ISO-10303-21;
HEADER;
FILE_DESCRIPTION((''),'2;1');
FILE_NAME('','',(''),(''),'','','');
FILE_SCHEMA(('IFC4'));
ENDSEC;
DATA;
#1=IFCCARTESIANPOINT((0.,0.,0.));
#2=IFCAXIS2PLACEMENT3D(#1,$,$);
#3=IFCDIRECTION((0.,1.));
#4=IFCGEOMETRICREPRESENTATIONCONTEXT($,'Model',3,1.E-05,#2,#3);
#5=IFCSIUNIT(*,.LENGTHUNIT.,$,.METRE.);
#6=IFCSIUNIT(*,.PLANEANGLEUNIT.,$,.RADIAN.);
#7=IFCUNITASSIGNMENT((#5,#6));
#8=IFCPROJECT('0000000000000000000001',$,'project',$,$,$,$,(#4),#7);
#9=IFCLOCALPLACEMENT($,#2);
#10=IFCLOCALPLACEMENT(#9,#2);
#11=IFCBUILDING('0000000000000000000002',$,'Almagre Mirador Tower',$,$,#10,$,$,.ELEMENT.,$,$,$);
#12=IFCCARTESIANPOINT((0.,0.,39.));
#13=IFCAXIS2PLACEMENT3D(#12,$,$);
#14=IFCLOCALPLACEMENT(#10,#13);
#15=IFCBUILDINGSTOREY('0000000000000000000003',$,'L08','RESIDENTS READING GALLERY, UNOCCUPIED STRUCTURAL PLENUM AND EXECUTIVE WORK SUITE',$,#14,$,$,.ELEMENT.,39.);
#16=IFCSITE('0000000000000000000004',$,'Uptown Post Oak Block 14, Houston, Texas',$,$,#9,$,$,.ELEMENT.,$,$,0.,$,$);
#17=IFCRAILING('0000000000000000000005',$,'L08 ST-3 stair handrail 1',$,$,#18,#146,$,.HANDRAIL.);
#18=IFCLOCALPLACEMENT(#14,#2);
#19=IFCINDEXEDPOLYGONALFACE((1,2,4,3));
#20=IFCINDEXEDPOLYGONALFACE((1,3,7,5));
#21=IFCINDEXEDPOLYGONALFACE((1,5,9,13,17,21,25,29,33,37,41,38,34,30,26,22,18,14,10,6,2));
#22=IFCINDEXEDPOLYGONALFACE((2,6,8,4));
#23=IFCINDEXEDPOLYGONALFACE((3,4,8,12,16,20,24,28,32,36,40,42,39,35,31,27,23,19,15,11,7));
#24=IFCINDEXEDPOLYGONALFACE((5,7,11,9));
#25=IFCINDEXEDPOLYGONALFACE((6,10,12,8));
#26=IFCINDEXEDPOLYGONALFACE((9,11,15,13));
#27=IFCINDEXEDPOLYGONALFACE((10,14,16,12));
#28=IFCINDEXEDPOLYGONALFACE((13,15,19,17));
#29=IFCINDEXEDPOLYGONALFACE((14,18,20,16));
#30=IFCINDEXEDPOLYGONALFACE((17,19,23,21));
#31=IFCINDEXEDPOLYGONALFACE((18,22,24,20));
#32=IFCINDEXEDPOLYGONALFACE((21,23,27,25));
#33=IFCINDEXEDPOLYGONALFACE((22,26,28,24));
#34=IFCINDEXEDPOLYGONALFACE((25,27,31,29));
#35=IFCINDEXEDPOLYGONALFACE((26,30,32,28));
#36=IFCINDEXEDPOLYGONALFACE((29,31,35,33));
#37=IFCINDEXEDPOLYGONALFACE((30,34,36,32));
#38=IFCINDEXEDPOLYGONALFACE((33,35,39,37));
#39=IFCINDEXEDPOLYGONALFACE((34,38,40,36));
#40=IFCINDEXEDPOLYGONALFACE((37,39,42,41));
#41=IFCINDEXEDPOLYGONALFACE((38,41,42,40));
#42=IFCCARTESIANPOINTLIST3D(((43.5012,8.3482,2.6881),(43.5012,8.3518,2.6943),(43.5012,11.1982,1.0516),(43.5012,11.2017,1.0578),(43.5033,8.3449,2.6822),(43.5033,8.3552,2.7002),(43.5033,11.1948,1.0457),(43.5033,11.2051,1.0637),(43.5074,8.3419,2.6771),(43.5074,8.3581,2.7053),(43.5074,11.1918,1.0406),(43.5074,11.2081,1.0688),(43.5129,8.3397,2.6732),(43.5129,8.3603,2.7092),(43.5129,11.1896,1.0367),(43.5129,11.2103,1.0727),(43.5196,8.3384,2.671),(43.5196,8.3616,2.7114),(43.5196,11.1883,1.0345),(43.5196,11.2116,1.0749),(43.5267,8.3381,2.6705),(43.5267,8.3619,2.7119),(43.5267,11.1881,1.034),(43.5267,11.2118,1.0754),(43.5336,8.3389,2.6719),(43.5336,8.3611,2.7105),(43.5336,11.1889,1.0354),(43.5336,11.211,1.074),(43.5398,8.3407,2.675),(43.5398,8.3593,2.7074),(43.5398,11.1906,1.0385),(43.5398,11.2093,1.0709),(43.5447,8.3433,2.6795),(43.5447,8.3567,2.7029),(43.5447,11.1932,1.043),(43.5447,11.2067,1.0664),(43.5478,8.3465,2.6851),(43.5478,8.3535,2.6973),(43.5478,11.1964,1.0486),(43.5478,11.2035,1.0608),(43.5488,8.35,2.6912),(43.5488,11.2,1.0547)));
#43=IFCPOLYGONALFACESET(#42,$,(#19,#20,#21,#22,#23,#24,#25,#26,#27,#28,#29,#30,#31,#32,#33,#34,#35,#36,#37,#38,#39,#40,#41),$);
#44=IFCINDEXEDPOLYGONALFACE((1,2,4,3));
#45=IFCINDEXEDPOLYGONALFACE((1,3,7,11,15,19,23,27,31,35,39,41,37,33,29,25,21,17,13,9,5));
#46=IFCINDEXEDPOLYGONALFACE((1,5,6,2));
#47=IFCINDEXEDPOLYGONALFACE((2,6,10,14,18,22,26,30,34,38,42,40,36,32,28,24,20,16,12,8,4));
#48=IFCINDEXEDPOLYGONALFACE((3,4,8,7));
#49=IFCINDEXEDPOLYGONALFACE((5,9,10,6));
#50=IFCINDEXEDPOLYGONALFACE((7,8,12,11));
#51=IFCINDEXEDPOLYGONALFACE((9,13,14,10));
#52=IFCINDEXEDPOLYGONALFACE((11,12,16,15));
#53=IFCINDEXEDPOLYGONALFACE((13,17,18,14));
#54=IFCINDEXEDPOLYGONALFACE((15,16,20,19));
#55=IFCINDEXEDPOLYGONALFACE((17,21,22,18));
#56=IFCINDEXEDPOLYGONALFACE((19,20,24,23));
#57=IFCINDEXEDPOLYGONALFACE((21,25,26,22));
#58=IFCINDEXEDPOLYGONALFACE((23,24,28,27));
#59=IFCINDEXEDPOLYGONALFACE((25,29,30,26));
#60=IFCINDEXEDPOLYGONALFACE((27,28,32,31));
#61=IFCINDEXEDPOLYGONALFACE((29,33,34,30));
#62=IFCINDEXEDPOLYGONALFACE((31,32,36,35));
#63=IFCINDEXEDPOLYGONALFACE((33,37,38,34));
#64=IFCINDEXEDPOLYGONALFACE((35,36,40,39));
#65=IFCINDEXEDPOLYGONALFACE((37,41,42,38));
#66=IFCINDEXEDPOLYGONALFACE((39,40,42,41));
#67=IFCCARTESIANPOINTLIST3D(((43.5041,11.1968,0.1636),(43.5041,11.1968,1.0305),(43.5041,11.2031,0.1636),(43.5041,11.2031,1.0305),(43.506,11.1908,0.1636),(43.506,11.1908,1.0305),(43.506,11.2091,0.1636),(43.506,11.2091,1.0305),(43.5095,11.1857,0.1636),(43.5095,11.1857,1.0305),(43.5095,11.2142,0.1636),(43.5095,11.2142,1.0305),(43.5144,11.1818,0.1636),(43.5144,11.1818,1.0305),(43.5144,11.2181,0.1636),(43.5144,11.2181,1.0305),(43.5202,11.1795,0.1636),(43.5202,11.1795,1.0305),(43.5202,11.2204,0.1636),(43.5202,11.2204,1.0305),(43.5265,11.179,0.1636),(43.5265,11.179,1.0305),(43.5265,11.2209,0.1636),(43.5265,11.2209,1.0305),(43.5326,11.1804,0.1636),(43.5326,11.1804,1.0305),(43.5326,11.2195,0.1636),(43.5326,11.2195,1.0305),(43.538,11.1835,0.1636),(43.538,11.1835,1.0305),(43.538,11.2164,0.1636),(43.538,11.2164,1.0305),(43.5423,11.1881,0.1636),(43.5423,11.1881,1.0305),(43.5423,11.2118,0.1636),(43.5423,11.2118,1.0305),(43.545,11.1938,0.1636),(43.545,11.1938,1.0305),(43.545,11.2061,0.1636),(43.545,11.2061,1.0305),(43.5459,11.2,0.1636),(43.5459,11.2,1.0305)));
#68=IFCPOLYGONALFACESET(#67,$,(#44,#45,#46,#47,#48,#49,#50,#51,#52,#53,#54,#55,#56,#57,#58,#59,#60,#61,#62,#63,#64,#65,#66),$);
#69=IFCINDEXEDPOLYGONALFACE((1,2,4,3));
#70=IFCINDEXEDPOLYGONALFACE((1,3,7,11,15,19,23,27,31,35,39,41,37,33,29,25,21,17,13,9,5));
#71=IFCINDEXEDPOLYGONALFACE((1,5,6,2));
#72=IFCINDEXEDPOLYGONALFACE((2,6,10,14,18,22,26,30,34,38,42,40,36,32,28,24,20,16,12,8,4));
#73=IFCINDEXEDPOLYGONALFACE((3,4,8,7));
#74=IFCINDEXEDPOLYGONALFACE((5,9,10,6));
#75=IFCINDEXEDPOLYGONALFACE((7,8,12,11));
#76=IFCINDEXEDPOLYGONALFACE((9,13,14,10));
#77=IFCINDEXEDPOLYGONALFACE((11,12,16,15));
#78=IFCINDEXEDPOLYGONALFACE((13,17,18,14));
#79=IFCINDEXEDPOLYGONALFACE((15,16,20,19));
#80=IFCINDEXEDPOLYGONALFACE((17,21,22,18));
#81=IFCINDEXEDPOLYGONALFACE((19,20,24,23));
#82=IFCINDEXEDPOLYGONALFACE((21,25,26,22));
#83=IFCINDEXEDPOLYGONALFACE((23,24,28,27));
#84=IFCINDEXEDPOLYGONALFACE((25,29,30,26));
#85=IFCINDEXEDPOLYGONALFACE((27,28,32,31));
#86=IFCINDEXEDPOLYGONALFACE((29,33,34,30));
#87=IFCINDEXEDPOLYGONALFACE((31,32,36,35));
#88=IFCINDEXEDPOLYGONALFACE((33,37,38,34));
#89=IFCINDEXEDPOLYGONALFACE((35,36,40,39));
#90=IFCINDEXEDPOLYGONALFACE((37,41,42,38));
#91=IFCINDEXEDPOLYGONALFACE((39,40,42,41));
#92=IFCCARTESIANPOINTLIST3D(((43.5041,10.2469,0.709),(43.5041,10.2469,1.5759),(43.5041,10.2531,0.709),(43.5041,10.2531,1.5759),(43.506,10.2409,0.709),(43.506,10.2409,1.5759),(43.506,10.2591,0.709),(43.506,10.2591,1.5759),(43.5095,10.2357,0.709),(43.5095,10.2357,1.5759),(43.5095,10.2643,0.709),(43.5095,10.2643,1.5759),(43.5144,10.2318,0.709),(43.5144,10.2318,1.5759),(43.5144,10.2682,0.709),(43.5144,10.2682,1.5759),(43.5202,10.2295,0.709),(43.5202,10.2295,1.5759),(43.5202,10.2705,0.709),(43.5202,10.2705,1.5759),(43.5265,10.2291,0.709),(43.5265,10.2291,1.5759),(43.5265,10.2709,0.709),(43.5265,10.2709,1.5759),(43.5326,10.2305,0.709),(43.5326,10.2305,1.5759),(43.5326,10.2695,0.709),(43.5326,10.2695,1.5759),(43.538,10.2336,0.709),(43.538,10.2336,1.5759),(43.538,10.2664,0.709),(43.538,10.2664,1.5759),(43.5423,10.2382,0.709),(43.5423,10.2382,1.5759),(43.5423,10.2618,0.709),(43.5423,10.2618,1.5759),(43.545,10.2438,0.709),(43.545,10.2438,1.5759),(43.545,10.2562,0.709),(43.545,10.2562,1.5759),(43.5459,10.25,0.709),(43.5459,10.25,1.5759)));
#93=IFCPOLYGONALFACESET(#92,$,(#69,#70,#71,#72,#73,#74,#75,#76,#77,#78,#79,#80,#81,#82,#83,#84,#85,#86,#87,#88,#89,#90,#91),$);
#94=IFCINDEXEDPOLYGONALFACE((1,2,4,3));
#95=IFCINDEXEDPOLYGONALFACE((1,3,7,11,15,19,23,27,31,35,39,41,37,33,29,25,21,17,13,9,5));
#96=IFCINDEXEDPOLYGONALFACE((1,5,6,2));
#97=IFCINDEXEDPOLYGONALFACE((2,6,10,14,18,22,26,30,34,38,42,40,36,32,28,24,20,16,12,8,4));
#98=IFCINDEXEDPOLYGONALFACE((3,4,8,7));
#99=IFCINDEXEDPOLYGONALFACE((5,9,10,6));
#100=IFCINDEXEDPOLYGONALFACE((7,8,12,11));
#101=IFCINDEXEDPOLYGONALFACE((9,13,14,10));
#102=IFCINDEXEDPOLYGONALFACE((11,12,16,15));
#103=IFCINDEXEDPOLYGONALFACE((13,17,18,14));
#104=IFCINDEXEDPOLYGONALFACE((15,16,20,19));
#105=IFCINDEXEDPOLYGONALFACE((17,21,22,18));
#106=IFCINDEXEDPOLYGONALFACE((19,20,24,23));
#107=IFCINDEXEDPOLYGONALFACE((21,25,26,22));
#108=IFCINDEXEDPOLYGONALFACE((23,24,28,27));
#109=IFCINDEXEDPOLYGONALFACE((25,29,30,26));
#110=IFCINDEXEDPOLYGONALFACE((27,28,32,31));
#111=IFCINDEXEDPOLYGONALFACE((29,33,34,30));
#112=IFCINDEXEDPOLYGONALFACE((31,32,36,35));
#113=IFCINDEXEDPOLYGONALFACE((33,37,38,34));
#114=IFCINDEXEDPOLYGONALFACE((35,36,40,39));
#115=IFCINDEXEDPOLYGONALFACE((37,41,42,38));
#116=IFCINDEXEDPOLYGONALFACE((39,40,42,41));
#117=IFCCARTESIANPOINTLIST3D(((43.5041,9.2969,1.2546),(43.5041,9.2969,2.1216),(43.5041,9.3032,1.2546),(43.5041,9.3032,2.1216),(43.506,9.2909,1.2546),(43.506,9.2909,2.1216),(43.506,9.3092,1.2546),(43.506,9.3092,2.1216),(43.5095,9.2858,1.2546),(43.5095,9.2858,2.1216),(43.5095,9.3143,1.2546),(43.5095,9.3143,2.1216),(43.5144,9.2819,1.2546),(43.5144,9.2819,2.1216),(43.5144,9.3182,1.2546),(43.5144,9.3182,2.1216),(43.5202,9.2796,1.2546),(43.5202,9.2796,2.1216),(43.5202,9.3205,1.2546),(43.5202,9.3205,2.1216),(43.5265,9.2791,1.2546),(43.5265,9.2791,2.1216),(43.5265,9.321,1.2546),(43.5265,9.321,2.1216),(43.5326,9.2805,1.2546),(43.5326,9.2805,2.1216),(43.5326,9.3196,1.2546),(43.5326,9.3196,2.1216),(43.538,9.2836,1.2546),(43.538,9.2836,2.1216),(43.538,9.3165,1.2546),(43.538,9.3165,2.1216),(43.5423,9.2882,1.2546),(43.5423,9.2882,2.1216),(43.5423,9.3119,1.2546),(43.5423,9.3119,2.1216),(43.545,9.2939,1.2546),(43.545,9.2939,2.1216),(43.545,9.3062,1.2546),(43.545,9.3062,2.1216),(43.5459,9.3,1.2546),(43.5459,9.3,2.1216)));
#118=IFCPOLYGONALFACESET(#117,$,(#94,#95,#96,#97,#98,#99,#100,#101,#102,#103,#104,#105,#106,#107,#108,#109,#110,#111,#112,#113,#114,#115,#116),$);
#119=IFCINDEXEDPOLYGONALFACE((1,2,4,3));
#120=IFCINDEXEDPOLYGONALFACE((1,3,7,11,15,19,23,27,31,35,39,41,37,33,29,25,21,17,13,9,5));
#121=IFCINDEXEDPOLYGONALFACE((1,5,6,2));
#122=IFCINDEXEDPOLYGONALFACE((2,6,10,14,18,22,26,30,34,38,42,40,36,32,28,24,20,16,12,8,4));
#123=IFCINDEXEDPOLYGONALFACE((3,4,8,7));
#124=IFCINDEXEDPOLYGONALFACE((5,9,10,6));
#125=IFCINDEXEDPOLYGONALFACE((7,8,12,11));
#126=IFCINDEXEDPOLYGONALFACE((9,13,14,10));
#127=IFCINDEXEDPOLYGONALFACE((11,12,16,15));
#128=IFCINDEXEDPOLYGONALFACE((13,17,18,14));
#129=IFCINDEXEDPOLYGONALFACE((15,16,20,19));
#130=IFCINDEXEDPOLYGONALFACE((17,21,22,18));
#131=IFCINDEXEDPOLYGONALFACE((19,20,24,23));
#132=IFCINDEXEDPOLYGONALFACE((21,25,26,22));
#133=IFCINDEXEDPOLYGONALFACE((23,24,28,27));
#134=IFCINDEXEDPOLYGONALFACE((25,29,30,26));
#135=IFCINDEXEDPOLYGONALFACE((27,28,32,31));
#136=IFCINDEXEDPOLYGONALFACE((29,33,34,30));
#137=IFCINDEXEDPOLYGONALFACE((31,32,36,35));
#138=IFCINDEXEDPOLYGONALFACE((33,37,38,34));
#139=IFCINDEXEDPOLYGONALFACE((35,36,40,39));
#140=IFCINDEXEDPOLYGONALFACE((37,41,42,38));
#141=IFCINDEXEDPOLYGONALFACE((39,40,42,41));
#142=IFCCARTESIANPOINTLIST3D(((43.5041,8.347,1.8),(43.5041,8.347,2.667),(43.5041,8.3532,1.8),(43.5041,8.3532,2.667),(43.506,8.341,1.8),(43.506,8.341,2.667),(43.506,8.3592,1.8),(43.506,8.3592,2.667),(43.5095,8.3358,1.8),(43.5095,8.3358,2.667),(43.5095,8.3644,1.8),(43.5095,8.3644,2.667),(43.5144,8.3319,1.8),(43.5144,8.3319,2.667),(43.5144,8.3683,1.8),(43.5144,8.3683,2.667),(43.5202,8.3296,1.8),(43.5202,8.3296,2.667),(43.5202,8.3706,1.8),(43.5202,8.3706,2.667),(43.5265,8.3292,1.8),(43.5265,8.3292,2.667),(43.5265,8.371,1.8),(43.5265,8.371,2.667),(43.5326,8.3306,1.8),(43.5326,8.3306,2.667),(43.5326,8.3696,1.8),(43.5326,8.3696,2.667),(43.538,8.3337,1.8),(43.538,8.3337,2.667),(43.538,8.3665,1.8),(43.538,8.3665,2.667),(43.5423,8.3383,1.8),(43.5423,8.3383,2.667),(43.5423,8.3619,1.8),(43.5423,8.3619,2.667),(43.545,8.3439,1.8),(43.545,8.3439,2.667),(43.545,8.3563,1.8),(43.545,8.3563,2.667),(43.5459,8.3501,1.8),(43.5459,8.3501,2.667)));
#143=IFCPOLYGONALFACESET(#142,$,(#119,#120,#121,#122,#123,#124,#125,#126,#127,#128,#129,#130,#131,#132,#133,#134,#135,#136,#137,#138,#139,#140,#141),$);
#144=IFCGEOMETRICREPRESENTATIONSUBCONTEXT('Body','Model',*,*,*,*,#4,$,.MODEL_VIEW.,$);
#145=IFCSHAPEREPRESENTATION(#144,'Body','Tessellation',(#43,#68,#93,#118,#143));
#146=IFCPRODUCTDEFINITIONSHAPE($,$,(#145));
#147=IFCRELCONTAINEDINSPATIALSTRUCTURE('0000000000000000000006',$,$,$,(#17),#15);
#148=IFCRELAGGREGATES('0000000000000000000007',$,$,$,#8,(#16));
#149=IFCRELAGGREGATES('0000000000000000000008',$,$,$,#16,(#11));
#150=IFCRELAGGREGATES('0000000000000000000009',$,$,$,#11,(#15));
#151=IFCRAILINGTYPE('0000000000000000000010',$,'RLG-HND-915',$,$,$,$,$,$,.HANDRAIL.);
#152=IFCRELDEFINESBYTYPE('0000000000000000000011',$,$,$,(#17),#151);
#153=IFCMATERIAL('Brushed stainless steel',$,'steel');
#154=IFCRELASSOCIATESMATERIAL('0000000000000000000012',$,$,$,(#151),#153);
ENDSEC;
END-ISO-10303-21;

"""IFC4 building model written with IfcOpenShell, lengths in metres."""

from ifc_helpers import new_model, si_unit, direction, frame, origin, origin_2d, place, context, subcontext, project, spatial, circle, extrude, material, type_object, element, save


model = new_model("IFC4")

# Units and contexts
model_context = context("Model", 3, precision=1e-05, world=origin(), true_north=direction((0.0, 1.0)))
body_context = subcontext(model_context, "Body", "Model", "MODEL_VIEW")
ifc_project = project(units=[si_unit("LENGTHUNIT", "METRE"), si_unit("PLANEANGLEUNIT", "RADIAN")], contexts=[model_context])

# Site, building, storey
site_placement = place(None, origin())
site = spatial("IfcSite", under=ifc_project, at=site_placement, Name="Uptown Post Oak Block 14, Houston, Texas", CompositionType="ELEMENT", RefElevation=0.0)
building_placement = place(site_placement, origin())
building = spatial("IfcBuilding", under=site, at=building_placement, Name="Almagre Mirador Tower", CompositionType="ELEMENT")
storey_placement = place(building_placement, frame((0.0, 0.0, 39.0)))
storey = spatial("IfcBuildingStorey", under=building, at=storey_placement, Name="L08", Description="RESIDENTS READING GALLERY, UNOCCUPIED STRUCTURAL PLENUM AND EXECUTIVE WORK SUITE", CompositionType="ELEMENT", Elevation=39.0)

# Railing
ifc_material_1 = material(Name="Brushed stainless steel", Category="steel")
railing_type_1 = type_object("IfcRailingType", Name="RLG-HND-915", PredefinedType="HANDRAIL", material=ifc_material_1)
railing_1_placement = place(storey_placement, frame((43.5249, 11.2, 0.1636)))
element("IfcRailing", 1, at=railing_1_placement, inside=storey, type_object=railing_type_1, Name="L08 ST-3 stair handrail 1", PredefinedType="HANDRAIL", context=body_context, shape_type="SweptSolid", body=[
    extrude(circle(Radius=0.0239, at=origin_2d()), frame((0.0, 0.0, 0.8911), z_axis=(0.0, -0.867194, 0.49797), x_axis=(1.0, 0.0, 0.0)), (0.0, 0.0, 1.0), 3.2864),
    extrude(circle(Radius=0.021, at=origin_2d()), origin(), (0.0, 0.0, 1.0), 0.8669),
    extrude(circle(Radius=0.021, at=origin_2d()), frame((0.0, -0.95, 0.5454)), (0.0, 0.0, 1.0), 0.8669),
    extrude(circle(Radius=0.021, at=origin_2d()), frame((0.0, -1.8999, 1.0911)), (0.0, 0.0, 1.0), 0.8669),
    extrude(circle(Radius=0.021, at=origin_2d()), frame((0.0, -2.8499, 1.6365)), (0.0, 0.0, 1.0), 0.8669),
])

save(model, "model.ifc")
